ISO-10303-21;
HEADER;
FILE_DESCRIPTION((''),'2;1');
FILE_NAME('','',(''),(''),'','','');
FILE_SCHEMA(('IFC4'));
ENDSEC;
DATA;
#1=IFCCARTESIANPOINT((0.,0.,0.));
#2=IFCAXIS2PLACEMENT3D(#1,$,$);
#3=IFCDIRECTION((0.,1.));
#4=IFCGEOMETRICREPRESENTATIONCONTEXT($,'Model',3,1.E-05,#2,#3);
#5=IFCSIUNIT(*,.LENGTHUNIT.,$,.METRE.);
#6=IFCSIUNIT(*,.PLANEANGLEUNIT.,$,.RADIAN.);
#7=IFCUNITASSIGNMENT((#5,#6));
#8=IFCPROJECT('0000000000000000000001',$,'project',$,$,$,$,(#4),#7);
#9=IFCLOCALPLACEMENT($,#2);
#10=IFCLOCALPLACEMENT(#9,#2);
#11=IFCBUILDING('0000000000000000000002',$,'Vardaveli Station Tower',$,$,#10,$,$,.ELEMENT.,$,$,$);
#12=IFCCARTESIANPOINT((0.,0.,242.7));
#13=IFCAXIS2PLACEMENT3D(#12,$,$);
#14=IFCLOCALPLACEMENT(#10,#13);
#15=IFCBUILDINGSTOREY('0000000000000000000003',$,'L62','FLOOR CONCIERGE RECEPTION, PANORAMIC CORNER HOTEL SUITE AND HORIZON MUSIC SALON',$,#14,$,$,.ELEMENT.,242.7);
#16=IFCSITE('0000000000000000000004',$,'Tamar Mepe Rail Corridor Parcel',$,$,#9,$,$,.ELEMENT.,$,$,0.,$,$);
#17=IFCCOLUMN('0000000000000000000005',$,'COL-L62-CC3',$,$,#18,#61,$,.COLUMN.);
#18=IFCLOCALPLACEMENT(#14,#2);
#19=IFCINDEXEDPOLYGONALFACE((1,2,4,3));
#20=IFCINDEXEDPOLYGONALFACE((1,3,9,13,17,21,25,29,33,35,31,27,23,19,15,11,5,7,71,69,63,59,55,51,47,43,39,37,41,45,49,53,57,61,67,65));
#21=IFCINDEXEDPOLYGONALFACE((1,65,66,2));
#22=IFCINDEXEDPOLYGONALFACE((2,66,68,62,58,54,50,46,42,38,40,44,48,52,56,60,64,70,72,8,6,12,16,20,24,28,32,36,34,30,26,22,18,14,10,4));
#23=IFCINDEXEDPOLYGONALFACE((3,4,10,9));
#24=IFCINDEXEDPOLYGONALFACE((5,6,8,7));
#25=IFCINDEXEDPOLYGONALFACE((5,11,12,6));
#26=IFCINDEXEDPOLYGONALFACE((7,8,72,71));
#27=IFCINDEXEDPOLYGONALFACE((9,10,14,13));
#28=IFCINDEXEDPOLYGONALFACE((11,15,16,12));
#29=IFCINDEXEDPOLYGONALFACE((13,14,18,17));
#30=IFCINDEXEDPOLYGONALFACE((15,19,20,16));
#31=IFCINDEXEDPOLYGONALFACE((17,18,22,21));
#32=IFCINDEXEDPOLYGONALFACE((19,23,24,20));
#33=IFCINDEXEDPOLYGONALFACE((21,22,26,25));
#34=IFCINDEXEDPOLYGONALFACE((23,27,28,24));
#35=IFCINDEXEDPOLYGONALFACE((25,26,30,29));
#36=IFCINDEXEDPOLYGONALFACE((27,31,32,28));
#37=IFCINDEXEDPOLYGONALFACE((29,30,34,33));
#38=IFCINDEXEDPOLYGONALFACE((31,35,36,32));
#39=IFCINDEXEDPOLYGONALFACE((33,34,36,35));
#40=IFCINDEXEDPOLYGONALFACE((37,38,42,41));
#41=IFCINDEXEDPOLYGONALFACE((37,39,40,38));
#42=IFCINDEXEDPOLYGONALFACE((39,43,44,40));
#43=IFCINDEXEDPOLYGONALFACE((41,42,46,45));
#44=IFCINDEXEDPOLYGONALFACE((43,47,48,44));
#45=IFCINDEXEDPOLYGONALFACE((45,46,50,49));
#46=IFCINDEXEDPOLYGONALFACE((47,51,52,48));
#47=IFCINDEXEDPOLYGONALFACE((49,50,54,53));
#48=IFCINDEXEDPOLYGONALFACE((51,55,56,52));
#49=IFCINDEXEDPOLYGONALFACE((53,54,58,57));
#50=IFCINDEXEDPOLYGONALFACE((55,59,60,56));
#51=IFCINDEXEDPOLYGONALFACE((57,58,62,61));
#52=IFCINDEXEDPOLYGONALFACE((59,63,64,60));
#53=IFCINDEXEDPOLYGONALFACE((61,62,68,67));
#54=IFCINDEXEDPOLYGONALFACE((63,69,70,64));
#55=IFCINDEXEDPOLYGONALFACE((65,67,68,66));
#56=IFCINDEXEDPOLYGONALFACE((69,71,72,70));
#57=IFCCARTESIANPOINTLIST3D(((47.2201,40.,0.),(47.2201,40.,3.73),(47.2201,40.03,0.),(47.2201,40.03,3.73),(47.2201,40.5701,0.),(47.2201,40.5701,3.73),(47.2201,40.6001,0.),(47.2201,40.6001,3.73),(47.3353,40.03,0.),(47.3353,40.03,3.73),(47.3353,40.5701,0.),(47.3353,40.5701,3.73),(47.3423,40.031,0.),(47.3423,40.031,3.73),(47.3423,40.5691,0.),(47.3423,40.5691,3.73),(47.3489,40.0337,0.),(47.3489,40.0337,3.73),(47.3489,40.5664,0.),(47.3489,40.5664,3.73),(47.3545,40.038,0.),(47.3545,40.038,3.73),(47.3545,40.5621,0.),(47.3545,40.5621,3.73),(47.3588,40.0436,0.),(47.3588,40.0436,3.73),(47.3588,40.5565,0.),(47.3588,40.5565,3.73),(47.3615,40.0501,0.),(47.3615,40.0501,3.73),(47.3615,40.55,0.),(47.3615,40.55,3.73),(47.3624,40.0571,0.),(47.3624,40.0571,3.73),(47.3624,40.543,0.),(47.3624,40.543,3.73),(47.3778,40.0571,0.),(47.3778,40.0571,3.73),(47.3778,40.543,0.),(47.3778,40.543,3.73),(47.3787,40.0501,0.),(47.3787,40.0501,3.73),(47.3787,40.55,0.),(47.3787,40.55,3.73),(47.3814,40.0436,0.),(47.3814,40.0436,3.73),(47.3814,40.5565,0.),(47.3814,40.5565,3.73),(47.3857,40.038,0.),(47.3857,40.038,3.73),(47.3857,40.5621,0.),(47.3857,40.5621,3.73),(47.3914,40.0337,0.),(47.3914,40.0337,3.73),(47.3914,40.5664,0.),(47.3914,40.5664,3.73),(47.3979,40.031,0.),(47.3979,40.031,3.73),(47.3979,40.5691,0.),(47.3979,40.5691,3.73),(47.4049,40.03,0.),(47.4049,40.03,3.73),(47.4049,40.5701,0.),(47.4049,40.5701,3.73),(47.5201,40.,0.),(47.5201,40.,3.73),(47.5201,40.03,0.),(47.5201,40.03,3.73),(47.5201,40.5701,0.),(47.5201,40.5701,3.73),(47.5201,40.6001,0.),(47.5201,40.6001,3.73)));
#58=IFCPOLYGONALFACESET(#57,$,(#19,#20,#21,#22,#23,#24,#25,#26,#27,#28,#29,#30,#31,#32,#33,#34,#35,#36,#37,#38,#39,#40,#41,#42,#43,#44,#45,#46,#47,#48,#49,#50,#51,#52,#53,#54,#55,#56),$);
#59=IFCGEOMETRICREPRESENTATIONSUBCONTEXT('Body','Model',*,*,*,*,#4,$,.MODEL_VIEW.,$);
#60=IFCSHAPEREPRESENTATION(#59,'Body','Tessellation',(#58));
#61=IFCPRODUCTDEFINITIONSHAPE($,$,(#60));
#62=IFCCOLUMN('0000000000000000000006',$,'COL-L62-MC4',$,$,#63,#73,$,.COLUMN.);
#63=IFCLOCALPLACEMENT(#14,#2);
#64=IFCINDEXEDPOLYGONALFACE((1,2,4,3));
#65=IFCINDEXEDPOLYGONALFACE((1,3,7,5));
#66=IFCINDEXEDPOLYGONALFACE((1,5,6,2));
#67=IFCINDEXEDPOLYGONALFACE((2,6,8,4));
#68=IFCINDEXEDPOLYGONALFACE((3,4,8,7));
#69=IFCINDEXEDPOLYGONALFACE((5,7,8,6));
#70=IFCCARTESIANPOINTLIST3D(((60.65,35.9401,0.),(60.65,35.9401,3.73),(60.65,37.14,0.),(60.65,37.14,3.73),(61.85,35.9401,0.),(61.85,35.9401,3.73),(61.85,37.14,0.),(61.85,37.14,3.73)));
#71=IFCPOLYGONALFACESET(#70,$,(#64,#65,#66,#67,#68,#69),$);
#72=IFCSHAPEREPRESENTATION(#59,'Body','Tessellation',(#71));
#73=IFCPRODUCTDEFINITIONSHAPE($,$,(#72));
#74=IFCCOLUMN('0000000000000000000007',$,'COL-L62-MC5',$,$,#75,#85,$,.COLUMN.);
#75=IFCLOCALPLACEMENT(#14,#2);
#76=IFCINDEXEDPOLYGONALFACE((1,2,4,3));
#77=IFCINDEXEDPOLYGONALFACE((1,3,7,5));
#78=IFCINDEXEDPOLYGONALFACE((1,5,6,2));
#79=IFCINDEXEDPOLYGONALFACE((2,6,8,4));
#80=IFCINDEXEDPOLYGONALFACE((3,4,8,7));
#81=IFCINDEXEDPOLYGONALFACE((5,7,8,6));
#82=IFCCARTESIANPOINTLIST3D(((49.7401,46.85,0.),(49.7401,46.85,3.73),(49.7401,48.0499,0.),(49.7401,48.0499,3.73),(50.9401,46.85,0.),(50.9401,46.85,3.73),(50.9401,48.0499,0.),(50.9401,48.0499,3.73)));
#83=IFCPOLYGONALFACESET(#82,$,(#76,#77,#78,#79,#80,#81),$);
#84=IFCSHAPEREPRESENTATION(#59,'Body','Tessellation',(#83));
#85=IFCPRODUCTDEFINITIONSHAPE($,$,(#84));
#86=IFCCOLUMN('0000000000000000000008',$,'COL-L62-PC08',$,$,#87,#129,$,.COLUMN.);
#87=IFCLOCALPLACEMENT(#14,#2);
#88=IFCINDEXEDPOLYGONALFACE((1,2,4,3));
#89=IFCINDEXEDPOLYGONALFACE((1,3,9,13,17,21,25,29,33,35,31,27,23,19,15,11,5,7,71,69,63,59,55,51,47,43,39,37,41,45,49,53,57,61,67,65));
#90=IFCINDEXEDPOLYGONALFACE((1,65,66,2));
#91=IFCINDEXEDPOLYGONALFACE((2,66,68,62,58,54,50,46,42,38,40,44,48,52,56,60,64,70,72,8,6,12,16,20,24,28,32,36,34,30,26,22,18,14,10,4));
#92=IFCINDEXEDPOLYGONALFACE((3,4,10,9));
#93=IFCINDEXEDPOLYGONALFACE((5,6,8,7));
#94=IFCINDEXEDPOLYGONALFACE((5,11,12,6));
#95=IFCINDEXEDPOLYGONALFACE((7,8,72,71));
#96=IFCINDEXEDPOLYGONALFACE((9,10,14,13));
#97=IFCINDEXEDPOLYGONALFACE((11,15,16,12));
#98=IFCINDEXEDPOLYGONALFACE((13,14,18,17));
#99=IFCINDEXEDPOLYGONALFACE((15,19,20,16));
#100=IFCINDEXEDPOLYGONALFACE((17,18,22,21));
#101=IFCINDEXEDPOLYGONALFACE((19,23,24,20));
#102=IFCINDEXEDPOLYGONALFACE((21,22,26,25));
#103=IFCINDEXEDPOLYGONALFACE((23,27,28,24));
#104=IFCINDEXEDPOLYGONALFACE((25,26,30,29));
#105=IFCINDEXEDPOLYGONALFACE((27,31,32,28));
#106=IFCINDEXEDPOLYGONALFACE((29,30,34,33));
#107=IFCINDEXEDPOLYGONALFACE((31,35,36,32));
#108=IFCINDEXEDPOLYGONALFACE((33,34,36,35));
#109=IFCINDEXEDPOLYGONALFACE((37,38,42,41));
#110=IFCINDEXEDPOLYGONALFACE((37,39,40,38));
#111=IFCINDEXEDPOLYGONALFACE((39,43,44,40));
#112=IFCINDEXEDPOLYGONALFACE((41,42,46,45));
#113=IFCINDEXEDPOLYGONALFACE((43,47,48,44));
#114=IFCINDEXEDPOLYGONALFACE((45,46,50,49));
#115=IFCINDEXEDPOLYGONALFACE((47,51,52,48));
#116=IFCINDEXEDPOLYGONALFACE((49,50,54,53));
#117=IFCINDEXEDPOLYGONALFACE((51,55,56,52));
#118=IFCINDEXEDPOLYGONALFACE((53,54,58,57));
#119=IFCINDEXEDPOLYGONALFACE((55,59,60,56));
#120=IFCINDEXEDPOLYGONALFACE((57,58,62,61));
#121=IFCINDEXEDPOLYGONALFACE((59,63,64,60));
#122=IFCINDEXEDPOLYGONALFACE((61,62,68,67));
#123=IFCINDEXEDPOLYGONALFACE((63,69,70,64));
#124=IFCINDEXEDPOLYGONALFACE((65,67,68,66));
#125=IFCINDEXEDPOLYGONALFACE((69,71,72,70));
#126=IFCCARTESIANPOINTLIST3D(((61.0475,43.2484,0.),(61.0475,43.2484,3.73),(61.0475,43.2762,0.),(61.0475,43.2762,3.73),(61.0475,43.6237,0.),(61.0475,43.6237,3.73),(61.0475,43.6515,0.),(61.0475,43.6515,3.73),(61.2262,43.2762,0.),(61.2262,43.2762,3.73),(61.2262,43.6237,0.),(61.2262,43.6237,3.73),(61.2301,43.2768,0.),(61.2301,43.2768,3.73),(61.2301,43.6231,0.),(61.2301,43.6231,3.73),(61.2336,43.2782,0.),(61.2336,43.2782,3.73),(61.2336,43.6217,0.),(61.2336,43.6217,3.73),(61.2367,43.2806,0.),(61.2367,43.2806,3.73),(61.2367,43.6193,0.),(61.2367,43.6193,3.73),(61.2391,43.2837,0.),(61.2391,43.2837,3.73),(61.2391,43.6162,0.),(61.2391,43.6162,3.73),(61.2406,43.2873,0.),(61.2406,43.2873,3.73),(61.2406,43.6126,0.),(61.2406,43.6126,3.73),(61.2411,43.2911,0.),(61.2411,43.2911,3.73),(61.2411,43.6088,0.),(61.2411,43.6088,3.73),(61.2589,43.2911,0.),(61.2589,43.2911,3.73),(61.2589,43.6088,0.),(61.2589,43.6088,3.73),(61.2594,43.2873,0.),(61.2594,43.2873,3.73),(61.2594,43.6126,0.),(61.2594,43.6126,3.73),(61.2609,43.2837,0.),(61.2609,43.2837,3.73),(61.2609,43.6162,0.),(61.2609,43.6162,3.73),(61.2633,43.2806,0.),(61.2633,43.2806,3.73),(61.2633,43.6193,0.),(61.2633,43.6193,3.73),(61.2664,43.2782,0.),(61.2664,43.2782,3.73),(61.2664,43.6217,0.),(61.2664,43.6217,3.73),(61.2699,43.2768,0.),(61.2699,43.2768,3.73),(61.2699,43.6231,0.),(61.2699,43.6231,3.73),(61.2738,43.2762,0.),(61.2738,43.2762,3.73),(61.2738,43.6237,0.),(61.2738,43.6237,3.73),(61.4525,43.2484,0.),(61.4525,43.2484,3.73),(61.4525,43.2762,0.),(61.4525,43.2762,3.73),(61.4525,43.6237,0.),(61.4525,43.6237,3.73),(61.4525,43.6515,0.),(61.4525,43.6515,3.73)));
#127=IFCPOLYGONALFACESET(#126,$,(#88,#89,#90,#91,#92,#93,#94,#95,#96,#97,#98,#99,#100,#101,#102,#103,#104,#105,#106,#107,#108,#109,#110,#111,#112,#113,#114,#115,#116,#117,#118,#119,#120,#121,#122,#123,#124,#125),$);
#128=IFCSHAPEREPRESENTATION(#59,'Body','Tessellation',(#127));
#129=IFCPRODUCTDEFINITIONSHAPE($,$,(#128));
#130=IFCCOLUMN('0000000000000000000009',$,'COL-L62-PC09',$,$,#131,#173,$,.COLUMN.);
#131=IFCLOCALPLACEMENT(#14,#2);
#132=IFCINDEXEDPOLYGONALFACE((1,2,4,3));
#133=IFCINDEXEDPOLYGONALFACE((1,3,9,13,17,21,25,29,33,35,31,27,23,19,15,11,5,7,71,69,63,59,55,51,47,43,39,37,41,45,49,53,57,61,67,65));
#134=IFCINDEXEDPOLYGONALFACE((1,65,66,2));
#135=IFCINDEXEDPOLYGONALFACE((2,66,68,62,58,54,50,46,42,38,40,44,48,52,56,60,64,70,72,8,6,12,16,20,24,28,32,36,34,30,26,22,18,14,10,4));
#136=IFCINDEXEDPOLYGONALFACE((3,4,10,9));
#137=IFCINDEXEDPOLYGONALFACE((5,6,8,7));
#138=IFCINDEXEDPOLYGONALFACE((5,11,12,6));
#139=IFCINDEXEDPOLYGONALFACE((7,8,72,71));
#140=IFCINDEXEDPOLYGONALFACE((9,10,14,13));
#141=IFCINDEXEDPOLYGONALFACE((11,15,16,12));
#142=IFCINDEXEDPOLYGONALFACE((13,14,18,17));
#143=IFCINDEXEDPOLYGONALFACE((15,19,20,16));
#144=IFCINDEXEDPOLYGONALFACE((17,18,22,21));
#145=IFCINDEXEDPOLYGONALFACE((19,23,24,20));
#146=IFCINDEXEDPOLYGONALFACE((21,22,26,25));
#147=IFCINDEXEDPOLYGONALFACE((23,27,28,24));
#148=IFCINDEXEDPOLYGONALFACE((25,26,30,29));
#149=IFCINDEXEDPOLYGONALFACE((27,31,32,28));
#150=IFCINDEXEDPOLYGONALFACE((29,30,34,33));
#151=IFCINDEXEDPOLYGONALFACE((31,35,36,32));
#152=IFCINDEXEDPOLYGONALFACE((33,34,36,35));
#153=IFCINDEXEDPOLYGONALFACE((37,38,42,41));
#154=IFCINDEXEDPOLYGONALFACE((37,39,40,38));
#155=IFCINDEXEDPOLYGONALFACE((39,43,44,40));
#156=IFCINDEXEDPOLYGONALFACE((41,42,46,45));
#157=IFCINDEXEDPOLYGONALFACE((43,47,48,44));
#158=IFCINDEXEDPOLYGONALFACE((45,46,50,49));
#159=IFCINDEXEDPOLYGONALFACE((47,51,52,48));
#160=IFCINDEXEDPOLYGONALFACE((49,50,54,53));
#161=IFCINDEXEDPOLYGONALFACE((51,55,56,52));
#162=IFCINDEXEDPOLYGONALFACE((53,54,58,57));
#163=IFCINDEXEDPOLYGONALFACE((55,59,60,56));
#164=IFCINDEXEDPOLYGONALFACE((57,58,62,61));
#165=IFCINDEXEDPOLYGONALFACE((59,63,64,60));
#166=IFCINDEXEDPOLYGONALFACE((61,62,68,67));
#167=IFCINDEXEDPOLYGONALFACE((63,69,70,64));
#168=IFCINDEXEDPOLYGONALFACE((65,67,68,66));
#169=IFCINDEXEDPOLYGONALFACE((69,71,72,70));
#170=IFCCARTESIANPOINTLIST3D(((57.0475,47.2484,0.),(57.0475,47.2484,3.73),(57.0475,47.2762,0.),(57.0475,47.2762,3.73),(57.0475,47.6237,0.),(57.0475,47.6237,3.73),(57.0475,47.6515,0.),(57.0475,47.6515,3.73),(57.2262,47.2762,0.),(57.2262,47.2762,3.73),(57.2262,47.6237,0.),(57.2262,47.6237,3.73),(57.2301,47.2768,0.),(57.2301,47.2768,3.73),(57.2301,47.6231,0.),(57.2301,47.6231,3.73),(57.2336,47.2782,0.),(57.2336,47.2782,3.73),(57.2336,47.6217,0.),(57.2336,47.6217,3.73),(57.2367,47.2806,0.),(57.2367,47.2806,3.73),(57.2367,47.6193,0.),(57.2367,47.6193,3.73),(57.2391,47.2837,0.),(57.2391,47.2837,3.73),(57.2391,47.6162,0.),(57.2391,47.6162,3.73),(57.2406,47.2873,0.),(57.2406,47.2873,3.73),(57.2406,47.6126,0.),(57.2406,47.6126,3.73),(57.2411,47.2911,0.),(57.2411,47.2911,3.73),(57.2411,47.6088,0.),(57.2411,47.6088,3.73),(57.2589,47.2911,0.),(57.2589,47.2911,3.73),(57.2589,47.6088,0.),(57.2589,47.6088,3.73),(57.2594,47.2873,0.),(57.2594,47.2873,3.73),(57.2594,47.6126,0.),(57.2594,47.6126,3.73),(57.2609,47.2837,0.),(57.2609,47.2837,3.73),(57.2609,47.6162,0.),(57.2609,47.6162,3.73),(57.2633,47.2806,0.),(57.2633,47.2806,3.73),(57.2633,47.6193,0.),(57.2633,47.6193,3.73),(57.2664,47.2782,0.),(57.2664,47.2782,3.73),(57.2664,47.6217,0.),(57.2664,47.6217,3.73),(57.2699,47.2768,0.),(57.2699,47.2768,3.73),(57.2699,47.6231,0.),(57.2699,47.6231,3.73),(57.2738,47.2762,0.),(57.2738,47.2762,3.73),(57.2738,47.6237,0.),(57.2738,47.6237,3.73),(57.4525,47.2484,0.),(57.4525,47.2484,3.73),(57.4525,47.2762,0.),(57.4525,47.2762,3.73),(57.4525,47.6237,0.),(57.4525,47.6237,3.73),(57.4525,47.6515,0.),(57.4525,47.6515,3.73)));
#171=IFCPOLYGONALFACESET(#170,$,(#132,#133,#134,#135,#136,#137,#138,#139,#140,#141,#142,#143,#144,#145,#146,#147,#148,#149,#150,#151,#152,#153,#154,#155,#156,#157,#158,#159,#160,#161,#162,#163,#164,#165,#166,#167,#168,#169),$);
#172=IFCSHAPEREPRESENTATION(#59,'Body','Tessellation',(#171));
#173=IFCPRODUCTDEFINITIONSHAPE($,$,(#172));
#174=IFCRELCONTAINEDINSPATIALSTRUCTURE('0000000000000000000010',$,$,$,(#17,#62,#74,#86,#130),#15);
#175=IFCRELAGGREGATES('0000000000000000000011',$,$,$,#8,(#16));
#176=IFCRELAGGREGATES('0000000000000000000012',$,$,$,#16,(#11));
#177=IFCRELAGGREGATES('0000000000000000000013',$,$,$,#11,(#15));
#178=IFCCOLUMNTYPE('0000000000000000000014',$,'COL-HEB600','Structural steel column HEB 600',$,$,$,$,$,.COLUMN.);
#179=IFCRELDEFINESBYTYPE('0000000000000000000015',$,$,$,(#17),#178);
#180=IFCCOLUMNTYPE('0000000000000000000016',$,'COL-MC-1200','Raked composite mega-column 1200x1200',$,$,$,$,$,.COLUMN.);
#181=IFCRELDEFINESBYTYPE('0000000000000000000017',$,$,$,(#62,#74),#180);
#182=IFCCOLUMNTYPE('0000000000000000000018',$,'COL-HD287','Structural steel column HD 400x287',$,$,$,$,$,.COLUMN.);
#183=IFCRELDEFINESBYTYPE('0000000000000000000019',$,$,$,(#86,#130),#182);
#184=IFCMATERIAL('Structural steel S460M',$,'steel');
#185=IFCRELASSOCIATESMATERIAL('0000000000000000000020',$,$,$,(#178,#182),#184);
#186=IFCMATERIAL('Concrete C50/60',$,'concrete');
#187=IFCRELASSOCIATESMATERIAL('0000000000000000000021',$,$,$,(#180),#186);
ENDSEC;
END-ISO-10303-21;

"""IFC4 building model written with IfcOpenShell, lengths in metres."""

from ifc_helpers import new_model, si_unit, direction, frame, origin, origin_2d, place, context, subcontext, project, spatial, rectangle, i_section, extrude, source, transform, mapped, material, material_profile, profile_set, type_object, element, save


model = new_model("IFC4")

# Units and contexts
model_context = context("Model", 3, precision=1e-05, world=origin(), true_north=direction((0.0, 1.0)))
body_context = subcontext(model_context, "Body", "Model", "MODEL_VIEW")
ifc_project = project(units=[si_unit("LENGTHUNIT", "METRE"), si_unit("PLANEANGLEUNIT", "RADIAN")], contexts=[model_context])

# Site, building, storey
site_placement = place(None, origin())
site = spatial("IfcSite", under=ifc_project, at=site_placement, Name="Tamar Mepe Rail Corridor Parcel", CompositionType="ELEMENT", RefElevation=0.0)
building_placement = place(site_placement, origin())
building = spatial("IfcBuilding", under=site, at=building_placement, Name="Vardaveli Station Tower", CompositionType="ELEMENT")
storey_placement = place(building_placement, frame((0.0, 0.0, 242.7)))
storey = spatial("IfcBuildingStorey", under=building, at=storey_placement, Name="L62", Description="FLOOR CONCIERGE RECEPTION, PANORAMIC CORNER HOTEL SUITE AND HORIZON MUSIC SALON", CompositionType="ELEMENT", Elevation=242.7)

# Columns
ifc_material_1 = material(Name="Structural steel S460M", Category="steel")
ifc_material_profile_1 = material_profile(ifc_material_1, i_section(OverallWidth=0.3, OverallDepth=0.6001, WebThickness=0.0154, FlangeThickness=0.03, FilletRadius=0.0271, at=origin_2d()), Name="HEB 600")
ifc_profile_set_1 = profile_set([ifc_material_profile_1], Name="Structural steel S460M")
column_type_1 = type_object("IfcColumnType", Name="COL-HEB600", Description="Structural steel column HEB 600", PredefinedType="COLUMN", material=ifc_profile_set_1)
shared_shape_1 = source(origin(), body_context, "Body", "SweptSolid", [
    extrude(i_section(OverallWidth=0.3, OverallDepth=0.6001, WebThickness=0.0154, FlangeThickness=0.03, FilletRadius=0.0271, at=origin_2d()), origin(), (0.0, 0.0, 1.0), 3.73),
])
column_placement = place(storey_placement, frame((47.3701, 40.3, 0.0), z_axis=(0.0, 0.0, 1.0), x_axis=(1.0, 0.0, 0.0)))
element("IfcColumn", 1, at=column_placement, inside=storey, type_object=column_type_1, Name="COL-L62-CC3", PredefinedType="COLUMN", context=body_context, shape_type="MappedRepresentation", body=[
    mapped(shared_shape_1, transform((0.0, 0.0, 0.0), scale=1.0)),
])
ifc_material_2 = material(Name="Concrete C50/60", Category="concrete")
ifc_material_profile_2 = material_profile(ifc_material_2, rectangle(XDim=1.2, YDim=1.2, at=origin_2d()), Name="MC 1200x1200")
ifc_profile_set_2 = profile_set([ifc_material_profile_2], Name="Concrete C50/60")
column_type_2 = type_object("IfcColumnType", Name="COL-MC-1200", Description="Raked composite mega-column 1200x1200", PredefinedType="COLUMN", material=ifc_profile_set_2)
shared_shape_2 = source(origin(), body_context, "Body", "SweptSolid", [
    extrude(rectangle(XDim=1.2, YDim=1.2, at=origin_2d()), origin(), (0.0, 0.0, 1.0), 3.73),
])
for number, where, z_axis, x_axis, name in (
    (2, (61.25, 36.54, 0.0), (0.0, 0.0, 1.0), (1.0, 0.0, 0.0), "COL-L62-MC4"),
    (3, (50.3401, 47.45, 0.0), (0.0, 0.0, 1.0), (1.0, 0.0, 0.0), "COL-L62-MC5"),
):
    element("IfcColumn", number, at=place(storey_placement, frame(where, z_axis=z_axis, x_axis=x_axis)), inside=storey, type_object=column_type_2, Name=name, PredefinedType="COLUMN", context=body_context, shape_type="MappedRepresentation", body=[
        mapped(shared_shape_2, transform((0.0, 0.0, 0.0), scale=1.0)),
    ])
ifc_material_profile_3 = material_profile(ifc_material_1, i_section(OverallWidth=0.405, OverallDepth=0.4031, WebThickness=0.0178, FlangeThickness=0.0278, FilletRadius=0.0149, at=origin_2d()), Name="HD 400x287")
ifc_profile_set_3 = profile_set([ifc_material_profile_3], Name="Structural steel S460M")
column_type_3 = type_object("IfcColumnType", Name="COL-HD287", Description="Structural steel column HD 400x287", PredefinedType="COLUMN", material=ifc_profile_set_3)
shared_shape_3 = source(origin(), body_context, "Body", "SweptSolid", [
    extrude(i_section(OverallWidth=0.405, OverallDepth=0.4031, WebThickness=0.0178, FlangeThickness=0.0278, FilletRadius=0.0149, at=origin_2d()), origin(), (0.0, 0.0, 1.0), 3.73),
])
for number, where, z_axis, x_axis, name in (
    (4, (61.25, 43.45, 0.0), (0.0, 0.0, 1.0), (1.0, 0.0, 0.0), "COL-L62-PC08"),
    (5, (57.25, 47.45, 0.0), (0.0, 0.0, 1.0), (1.0, 0.0, 0.0), "COL-L62-PC09"),
):
    element("IfcColumn", number, at=place(storey_placement, frame(where, z_axis=z_axis, x_axis=x_axis)), inside=storey, type_object=column_type_3, Name=name, PredefinedType="COLUMN", context=body_context, shape_type="MappedRepresentation", body=[
        mapped(shared_shape_3, transform((0.0, 0.0, 0.0), scale=1.0)),
    ])

save(model, "model.ifc")
